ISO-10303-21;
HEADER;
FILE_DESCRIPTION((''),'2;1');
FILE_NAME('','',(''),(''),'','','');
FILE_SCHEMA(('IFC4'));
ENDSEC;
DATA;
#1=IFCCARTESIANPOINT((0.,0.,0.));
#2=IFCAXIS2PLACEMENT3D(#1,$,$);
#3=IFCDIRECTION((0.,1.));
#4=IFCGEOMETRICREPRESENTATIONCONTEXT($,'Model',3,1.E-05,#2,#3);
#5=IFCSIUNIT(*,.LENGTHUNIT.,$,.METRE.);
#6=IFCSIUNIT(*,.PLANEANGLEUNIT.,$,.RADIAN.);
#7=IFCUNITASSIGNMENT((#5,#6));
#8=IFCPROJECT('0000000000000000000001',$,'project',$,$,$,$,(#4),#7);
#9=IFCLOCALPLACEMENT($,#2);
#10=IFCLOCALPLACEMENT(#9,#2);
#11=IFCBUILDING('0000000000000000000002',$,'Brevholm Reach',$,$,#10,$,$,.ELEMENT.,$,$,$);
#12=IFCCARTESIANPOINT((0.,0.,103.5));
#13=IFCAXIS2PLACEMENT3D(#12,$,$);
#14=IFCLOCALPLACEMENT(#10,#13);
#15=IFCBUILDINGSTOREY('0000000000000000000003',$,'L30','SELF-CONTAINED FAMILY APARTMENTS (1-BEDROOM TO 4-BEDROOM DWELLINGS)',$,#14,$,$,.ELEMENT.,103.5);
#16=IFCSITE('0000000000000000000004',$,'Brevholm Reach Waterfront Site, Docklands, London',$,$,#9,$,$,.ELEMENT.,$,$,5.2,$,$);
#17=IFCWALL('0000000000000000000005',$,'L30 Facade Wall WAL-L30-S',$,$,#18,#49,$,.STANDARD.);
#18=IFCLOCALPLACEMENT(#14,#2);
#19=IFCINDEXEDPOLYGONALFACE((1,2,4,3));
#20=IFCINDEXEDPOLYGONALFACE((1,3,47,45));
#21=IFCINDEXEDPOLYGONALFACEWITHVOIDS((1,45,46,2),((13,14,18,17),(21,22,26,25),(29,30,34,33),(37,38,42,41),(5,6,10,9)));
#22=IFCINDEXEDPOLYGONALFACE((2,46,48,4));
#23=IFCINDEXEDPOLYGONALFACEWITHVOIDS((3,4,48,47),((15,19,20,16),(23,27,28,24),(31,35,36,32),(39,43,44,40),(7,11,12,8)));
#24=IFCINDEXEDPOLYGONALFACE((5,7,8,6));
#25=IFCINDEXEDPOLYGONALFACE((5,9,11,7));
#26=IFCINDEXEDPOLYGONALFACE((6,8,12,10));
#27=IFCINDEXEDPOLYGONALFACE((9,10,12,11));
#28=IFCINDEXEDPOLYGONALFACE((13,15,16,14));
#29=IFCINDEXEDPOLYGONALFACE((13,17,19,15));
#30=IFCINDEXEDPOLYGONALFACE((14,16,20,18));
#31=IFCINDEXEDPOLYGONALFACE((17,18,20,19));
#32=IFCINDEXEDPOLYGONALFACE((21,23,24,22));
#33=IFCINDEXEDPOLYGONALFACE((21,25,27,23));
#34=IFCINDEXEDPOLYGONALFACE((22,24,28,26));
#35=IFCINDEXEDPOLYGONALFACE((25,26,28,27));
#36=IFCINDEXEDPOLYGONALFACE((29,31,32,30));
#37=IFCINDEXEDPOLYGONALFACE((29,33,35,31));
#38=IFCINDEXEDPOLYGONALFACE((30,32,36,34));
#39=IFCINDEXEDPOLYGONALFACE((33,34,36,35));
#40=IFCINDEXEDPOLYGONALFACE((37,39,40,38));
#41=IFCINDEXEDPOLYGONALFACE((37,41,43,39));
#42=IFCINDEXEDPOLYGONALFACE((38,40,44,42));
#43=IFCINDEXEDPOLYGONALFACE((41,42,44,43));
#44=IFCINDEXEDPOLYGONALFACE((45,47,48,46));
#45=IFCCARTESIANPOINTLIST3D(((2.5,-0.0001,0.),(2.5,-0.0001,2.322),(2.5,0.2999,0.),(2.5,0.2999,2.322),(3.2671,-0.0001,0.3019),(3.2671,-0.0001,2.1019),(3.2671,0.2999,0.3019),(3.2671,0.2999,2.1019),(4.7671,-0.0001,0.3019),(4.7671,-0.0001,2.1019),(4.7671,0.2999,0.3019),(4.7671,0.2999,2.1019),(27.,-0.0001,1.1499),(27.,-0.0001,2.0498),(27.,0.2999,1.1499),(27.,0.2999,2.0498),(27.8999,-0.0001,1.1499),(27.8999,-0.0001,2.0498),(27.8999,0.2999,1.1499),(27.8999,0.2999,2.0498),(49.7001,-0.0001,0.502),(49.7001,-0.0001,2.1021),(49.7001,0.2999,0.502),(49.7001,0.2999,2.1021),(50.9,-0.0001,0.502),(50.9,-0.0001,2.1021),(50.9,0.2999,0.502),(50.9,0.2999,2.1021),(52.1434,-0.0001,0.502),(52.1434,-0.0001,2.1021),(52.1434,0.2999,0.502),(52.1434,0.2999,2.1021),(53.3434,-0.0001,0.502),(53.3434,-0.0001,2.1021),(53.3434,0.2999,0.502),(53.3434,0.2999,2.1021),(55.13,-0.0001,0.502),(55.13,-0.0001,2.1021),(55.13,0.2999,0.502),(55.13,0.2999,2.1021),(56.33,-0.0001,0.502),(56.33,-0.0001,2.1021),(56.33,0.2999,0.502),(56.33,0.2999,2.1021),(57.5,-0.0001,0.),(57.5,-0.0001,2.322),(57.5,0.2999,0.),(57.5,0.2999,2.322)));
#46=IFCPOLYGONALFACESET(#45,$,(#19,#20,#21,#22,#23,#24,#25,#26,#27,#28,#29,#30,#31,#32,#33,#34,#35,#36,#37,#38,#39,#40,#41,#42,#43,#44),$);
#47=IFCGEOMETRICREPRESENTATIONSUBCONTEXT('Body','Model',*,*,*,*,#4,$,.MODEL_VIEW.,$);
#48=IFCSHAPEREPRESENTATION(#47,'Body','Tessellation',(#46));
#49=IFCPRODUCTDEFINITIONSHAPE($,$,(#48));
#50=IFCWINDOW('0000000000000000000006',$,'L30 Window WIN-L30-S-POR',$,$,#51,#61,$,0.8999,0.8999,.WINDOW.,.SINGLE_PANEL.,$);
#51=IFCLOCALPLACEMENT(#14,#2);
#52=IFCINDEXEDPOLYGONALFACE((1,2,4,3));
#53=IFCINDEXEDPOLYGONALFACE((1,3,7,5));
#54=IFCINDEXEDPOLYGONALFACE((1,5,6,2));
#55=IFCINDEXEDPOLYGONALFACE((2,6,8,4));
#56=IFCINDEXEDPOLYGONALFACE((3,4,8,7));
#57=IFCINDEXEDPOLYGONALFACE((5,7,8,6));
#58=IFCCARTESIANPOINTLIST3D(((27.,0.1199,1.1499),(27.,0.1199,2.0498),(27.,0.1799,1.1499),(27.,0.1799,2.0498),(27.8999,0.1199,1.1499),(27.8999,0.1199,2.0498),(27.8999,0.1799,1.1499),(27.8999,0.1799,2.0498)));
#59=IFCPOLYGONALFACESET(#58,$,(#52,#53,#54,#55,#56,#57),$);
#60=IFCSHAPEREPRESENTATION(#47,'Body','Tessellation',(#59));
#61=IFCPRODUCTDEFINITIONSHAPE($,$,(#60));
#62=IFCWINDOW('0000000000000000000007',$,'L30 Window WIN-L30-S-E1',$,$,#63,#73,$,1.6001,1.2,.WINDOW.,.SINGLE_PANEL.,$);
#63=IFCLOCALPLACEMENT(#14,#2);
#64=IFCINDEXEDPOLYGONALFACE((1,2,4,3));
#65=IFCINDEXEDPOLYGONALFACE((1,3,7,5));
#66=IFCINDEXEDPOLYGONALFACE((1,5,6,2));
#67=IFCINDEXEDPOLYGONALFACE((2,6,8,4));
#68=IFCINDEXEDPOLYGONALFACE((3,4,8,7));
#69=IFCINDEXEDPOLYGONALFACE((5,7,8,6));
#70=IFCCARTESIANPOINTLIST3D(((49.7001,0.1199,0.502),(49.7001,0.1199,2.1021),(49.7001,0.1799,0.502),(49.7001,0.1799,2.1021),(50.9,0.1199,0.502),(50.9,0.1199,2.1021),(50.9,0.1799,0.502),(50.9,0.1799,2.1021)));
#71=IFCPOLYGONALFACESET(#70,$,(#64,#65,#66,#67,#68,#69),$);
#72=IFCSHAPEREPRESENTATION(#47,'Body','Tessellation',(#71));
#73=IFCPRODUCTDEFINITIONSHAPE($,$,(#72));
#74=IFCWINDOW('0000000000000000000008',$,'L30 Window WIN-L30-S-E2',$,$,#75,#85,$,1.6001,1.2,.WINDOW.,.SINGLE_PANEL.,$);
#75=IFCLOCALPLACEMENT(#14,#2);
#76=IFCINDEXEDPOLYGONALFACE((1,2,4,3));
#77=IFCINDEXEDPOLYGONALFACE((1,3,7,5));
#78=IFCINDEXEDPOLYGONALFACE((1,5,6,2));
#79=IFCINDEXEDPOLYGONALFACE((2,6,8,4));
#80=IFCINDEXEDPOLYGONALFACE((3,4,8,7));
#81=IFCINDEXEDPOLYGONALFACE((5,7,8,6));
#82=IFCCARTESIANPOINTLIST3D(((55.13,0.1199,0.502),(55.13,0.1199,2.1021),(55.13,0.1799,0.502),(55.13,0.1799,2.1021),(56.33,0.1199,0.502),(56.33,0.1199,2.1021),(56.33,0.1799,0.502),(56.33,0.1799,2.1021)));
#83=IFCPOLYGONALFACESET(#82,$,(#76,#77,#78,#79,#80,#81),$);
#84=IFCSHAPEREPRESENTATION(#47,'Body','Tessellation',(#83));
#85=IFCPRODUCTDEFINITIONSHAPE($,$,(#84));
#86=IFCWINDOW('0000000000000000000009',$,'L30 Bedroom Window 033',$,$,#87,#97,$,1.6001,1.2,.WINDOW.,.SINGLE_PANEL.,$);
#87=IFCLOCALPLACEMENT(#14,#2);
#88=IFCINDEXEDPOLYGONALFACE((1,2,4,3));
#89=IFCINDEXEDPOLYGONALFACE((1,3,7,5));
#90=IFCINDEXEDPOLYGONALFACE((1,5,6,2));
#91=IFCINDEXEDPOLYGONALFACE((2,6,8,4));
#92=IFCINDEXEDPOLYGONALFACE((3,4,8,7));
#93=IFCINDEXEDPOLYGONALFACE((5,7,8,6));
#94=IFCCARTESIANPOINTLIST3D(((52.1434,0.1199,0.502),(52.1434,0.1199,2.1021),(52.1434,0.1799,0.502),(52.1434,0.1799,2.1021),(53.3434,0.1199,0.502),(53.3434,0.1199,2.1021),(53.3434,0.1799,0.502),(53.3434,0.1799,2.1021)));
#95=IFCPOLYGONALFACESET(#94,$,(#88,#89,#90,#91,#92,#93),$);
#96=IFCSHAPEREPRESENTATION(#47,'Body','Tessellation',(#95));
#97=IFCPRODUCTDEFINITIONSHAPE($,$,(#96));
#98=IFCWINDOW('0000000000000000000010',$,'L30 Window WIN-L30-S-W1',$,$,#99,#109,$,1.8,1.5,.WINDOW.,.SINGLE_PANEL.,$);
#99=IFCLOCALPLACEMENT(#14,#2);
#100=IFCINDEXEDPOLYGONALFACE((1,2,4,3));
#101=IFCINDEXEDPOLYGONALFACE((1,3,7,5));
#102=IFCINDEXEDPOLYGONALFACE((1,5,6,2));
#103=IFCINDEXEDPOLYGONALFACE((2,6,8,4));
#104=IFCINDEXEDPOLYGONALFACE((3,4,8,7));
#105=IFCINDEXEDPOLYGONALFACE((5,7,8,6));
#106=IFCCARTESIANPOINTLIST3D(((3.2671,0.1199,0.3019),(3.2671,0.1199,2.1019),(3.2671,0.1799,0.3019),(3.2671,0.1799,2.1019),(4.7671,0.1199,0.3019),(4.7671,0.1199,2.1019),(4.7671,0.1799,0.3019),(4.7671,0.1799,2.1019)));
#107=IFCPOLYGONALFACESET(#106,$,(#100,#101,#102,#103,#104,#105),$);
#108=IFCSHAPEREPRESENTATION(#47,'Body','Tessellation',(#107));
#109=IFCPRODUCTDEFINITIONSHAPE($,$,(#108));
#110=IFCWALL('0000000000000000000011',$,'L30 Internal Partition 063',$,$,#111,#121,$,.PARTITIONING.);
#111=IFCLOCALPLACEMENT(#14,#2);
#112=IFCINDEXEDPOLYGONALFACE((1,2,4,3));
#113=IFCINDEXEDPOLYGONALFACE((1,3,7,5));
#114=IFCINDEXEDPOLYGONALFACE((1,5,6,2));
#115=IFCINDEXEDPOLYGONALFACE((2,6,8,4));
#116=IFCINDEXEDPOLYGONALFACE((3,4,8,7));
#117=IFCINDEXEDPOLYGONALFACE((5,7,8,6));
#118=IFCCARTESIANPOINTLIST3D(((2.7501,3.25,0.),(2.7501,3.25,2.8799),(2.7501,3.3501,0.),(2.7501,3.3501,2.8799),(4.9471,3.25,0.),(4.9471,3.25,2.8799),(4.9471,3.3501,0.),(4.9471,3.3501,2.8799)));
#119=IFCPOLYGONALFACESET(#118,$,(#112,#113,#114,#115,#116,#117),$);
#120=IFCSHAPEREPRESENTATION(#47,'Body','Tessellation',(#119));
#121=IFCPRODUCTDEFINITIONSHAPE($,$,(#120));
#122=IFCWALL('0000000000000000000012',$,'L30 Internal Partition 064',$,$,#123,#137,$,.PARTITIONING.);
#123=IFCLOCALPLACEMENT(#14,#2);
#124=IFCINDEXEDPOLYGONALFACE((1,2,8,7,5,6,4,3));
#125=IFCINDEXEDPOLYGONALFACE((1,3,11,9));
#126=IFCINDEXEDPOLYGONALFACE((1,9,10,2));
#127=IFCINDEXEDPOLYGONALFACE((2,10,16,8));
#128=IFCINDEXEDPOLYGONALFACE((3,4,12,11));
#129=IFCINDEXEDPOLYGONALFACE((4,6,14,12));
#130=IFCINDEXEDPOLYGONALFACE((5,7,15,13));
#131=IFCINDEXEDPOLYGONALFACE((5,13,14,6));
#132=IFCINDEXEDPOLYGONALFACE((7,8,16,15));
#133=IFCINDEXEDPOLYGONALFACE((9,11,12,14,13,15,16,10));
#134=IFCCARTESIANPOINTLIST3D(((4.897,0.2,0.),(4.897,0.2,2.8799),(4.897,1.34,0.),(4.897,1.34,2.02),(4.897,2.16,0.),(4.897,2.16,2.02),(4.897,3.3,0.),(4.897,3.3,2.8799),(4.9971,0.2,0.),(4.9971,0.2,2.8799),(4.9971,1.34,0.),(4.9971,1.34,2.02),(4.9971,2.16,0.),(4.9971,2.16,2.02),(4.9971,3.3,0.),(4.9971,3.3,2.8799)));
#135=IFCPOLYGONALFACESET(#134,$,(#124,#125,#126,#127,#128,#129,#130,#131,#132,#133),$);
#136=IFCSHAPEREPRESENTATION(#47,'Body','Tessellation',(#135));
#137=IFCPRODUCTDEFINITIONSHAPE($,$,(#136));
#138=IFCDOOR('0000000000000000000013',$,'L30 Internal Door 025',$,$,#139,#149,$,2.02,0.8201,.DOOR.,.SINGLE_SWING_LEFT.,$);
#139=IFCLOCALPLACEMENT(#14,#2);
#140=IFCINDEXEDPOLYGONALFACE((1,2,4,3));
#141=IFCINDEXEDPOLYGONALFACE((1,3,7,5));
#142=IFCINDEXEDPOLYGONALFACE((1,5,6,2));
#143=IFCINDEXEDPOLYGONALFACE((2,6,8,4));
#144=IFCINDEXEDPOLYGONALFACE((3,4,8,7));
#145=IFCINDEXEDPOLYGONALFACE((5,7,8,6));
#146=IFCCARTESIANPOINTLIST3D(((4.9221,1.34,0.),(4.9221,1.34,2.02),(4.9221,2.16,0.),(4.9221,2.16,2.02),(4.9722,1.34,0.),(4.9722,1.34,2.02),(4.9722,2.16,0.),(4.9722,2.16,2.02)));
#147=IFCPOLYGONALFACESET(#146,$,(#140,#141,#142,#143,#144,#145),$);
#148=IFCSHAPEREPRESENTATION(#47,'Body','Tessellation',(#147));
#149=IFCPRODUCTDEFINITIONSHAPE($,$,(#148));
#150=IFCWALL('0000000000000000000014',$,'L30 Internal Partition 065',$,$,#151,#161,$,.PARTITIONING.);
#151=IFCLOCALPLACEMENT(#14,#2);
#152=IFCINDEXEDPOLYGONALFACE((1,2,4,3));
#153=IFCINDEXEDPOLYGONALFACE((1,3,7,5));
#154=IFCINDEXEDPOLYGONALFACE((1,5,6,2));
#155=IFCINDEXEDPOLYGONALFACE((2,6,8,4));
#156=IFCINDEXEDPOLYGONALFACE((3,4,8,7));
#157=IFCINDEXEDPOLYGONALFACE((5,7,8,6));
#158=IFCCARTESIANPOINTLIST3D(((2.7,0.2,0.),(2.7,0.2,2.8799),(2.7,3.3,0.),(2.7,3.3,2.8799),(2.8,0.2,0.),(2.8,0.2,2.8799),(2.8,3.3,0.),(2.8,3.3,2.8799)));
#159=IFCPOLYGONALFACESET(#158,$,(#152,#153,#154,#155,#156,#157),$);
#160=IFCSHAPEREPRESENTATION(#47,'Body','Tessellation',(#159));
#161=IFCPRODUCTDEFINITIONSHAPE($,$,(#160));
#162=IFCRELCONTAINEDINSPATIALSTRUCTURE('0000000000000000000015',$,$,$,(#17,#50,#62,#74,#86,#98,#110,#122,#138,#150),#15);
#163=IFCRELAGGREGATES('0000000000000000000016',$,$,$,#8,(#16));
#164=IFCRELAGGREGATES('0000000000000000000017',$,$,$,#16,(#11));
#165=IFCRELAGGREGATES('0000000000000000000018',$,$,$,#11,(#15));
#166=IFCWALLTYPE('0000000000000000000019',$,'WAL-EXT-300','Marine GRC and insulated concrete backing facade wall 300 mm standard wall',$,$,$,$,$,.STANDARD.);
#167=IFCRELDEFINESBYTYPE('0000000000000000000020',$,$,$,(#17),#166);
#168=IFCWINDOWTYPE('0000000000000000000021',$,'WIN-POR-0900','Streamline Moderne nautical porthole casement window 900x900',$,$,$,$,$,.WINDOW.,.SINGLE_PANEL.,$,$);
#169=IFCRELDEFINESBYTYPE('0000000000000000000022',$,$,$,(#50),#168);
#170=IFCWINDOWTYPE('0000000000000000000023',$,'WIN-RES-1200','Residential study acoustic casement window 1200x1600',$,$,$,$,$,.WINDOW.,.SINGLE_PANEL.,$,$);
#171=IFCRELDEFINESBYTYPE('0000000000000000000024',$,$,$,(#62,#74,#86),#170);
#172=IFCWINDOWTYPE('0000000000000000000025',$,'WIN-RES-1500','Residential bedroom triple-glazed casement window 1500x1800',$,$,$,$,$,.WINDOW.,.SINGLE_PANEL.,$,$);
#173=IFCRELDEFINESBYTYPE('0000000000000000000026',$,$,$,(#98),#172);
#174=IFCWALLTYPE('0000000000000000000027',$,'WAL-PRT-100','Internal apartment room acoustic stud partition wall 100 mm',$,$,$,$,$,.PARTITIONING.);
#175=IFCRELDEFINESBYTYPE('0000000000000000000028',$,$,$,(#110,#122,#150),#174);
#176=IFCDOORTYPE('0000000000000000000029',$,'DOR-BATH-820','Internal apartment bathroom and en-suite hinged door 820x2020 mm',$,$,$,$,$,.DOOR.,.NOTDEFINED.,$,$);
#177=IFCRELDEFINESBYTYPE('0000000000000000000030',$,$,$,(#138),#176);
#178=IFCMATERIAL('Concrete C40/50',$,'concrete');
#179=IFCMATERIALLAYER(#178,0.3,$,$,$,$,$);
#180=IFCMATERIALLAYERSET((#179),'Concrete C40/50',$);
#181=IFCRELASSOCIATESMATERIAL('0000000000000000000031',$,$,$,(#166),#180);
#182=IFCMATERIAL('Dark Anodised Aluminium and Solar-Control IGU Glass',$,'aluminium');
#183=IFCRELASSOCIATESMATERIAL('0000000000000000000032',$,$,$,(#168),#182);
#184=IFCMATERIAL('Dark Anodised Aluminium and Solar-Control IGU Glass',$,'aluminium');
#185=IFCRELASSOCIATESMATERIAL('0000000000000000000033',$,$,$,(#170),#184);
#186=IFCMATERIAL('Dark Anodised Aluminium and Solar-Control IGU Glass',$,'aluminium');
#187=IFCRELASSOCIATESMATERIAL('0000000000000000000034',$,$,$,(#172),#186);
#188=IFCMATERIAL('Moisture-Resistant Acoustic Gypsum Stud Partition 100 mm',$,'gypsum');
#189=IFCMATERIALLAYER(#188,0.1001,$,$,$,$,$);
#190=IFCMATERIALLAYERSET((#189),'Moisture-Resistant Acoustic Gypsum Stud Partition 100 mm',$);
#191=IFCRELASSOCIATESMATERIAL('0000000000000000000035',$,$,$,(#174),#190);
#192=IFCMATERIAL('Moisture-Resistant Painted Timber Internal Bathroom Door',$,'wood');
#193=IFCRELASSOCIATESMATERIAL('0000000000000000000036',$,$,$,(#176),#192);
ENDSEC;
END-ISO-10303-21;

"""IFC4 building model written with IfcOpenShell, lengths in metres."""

from ifc_helpers import new_model, si_unit, direction, frame, frame_2d, origin, place, context, subcontext, project, spatial, rectangle, extrude, material, layer, layer_set, type_object, element, fill, save


model = new_model("IFC4")

# Units and contexts
model_context = context("Model", 3, precision=1e-05, world=origin(), true_north=direction((0.0, 1.0)))
body_context = subcontext(model_context, "Body", "Model", "MODEL_VIEW")
ifc_project = project(units=[si_unit("LENGTHUNIT", "METRE"), si_unit("PLANEANGLEUNIT", "RADIAN")], contexts=[model_context])

# Site, building, storey
site_placement = place(None, origin())
site = spatial("IfcSite", under=ifc_project, at=site_placement, Name="Brevholm Reach Waterfront Site, Docklands, London", CompositionType="ELEMENT", RefElevation=5.2)
building_placement = place(site_placement, origin())
building = spatial("IfcBuilding", under=site, at=building_placement, Name="Brevholm Reach", CompositionType="ELEMENT")
storey_placement = place(building_placement, frame((0.0, 0.0, 103.5)))
storey = spatial("IfcBuildingStorey", under=building, at=storey_placement, Name="L30", Description="SELF-CONTAINED FAMILY APARTMENTS (1-BEDROOM TO 4-BEDROOM DWELLINGS)", CompositionType="ELEMENT", Elevation=103.5)

# Shared definitions
ifc_material_1 = material(Name="Concrete C40/50", Category="concrete")
ifc_layer_1 = layer(ifc_material_1, 0.3)
ifc_layer_set_1 = layer_set([ifc_layer_1], Name="Concrete C40/50")
wall_type_1 = type_object("IfcWallType", Name="WAL-EXT-300", Description="Marine GRC and insulated concrete backing facade wall 300 mm standard wall", PredefinedType="STANDARD", material=ifc_layer_set_1)

# Wall, openings, windows
wall_1_placement = place(storey_placement, frame((2.5, 0.1499, 0.0), z_axis=(0.0, 0.0, 1.0), x_axis=(1.0, 0.0, 0.0)))
wall_1 = element("IfcWall", 1, at=wall_1_placement, inside=storey, type_object=wall_type_1, Name="L30 Facade Wall WAL-L30-S", PredefinedType="STANDARD", context=body_context, shape_type="SweptSolid", body=[
    extrude(rectangle(XDim=55.0, YDim=0.3, at=frame_2d((27.5, 0.0))), origin(), (0.0, 0.0, 1.0), 2.322),
])
opening_1_placement = place(wall_1_placement, frame((0.7671, 0.0, 0.302)))
opening_1 = element("IfcOpeningElement", 2, at=opening_1_placement, cuts=wall_1, PredefinedType="OPENING", context=body_context, shape_type="SweptSolid", body=[
    extrude(rectangle(XDim=1.5, YDim=1.8, at=frame_2d((0.75, 0.8999))), frame((0.0, 0.1599, 0.0), z_axis=(0.0, -1.0, 0.0), x_axis=(1.0, 0.0, 0.0)), (0.0, 0.0, 1.0), 0.3201),
])
opening_2_placement = place(wall_1_placement, frame((24.5, 0.0, 1.1499)))
opening_2 = element("IfcOpeningElement", 3, at=opening_2_placement, cuts=wall_1, PredefinedType="OPENING", context=body_context, shape_type="SweptSolid", body=[
    extrude(rectangle(XDim=0.8999, YDim=0.8999, at=frame_2d((0.45, 0.45))), frame((0.0, 0.1599, 0.0), z_axis=(0.0, -1.0, 0.0), x_axis=(1.0, 0.0, 0.0)), (0.0, 0.0, 1.0), 0.3201),
])
opening_3_placement = place(wall_1_placement, frame((47.2, 0.0, 0.502)))
opening_3 = element("IfcOpeningElement", 4, at=opening_3_placement, cuts=wall_1, PredefinedType="OPENING", context=body_context, shape_type="SweptSolid", body=[
    extrude(rectangle(XDim=1.2, YDim=1.6001, at=frame_2d((0.6001, 0.8))), frame((0.0, 0.1599, 0.0), z_axis=(0.0, -1.0, 0.0), x_axis=(1.0, 0.0, 0.0)), (0.0, 0.0, 1.0), 0.3201),
])
opening_4_placement = place(wall_1_placement, frame((52.6299, 0.0, 0.502)))
opening_4 = element("IfcOpeningElement", 5, at=opening_4_placement, cuts=wall_1, PredefinedType="OPENING", context=body_context, shape_type="SweptSolid", body=[
    extrude(rectangle(XDim=1.2, YDim=1.6001, at=frame_2d((0.6001, 0.8))), frame((0.0, 0.1599, 0.0), z_axis=(0.0, -1.0, 0.0), x_axis=(1.0, 0.0, 0.0)), (0.0, 0.0, 1.0), 0.3201),
])
opening_5_placement = place(wall_1_placement, frame((49.6433, 0.0, 0.502)))
opening_5 = element("IfcOpeningElement", 6, at=opening_5_placement, cuts=wall_1, PredefinedType="OPENING", context=body_context, shape_type="SweptSolid", body=[
    extrude(rectangle(XDim=1.2, YDim=1.6001, at=frame_2d((0.6001, 0.8))), frame((0.0, 0.1599, 0.0), z_axis=(0.0, -1.0, 0.0), x_axis=(1.0, 0.0, 0.0)), (0.0, 0.0, 1.0), 0.3201),
])
ifc_material_2 = material(Name="Dark Anodised Aluminium and Solar-Control IGU Glass", Category="aluminium")
window_type_1 = type_object("IfcWindowType", Name="WIN-POR-0900", Description="Streamline Moderne nautical porthole casement window 900x900", PartitioningType="SINGLE_PANEL", PredefinedType="WINDOW", material=ifc_material_2)
window_1_placement = place(opening_2_placement, origin())
window_1 = element("IfcWindow", 7, at=window_1_placement, inside=storey, type_object=window_type_1, Name="L30 Window WIN-L30-S-POR", OverallHeight=0.8999, OverallWidth=0.8999, PartitioningType="SINGLE_PANEL", PredefinedType="WINDOW", context=body_context, shape_type="SweptSolid", body=[
    extrude(rectangle(XDim=0.8999, YDim=0.8999, at=frame_2d((0.45, 0.45))), frame((0.0, 0.03, 0.0), z_axis=(0.0, -1.0, 0.0), x_axis=(1.0, 0.0, 0.0)), (0.0, 0.0, 1.0), 0.0601),
])
fill(opening_2, window_1)
ifc_material_3 = material(Name="Dark Anodised Aluminium and Solar-Control IGU Glass", Category="aluminium")
window_type_2 = type_object("IfcWindowType", Name="WIN-RES-1200", Description="Residential study acoustic casement window 1200x1600", PartitioningType="SINGLE_PANEL", PredefinedType="WINDOW", material=ifc_material_3)
window_2_placement = place(opening_3_placement, origin())
window_2 = element("IfcWindow", 8, at=window_2_placement, inside=storey, type_object=window_type_2, Name="L30 Window WIN-L30-S-E1", OverallHeight=1.6001, OverallWidth=1.2, PartitioningType="SINGLE_PANEL", PredefinedType="WINDOW", context=body_context, shape_type="SweptSolid", body=[
    extrude(rectangle(XDim=1.2, YDim=1.6001, at=frame_2d((0.6001, 0.8))), frame((0.0, 0.03, 0.0), z_axis=(0.0, -1.0, 0.0), x_axis=(1.0, 0.0, 0.0)), (0.0, 0.0, 1.0), 0.0601),
])
fill(opening_3, window_2)
window_3_placement = place(opening_4_placement, origin())
window_3 = element("IfcWindow", 9, at=window_3_placement, inside=storey, type_object=window_type_2, Name="L30 Window WIN-L30-S-E2", OverallHeight=1.6001, OverallWidth=1.2, PartitioningType="SINGLE_PANEL", PredefinedType="WINDOW", context=body_context, shape_type="SweptSolid", body=[
    extrude(rectangle(XDim=1.2, YDim=1.6001, at=frame_2d((0.6001, 0.8))), frame((0.0, 0.03, 0.0), z_axis=(0.0, -1.0, 0.0), x_axis=(1.0, 0.0, 0.0)), (0.0, 0.0, 1.0), 0.0601),
])
fill(opening_4, window_3)
window_4_placement = place(opening_5_placement, origin())
window_4 = element("IfcWindow", 10, at=window_4_placement, inside=storey, type_object=window_type_2, Name="L30 Bedroom Window 033", OverallHeight=1.6001, OverallWidth=1.2, PartitioningType="SINGLE_PANEL", PredefinedType="WINDOW", context=body_context, shape_type="SweptSolid", body=[
    extrude(rectangle(XDim=1.2, YDim=1.6001, at=frame_2d((0.6001, 0.8))), frame((0.0, 0.03, 0.0), z_axis=(0.0, -1.0, 0.0), x_axis=(1.0, 0.0, 0.0)), (0.0, 0.0, 1.0), 0.0601),
])
fill(opening_5, window_4)
ifc_material_4 = material(Name="Dark Anodised Aluminium and Solar-Control IGU Glass", Category="aluminium")
window_type_3 = type_object("IfcWindowType", Name="WIN-RES-1500", Description="Residential bedroom triple-glazed casement window 1500x1800", PartitioningType="SINGLE_PANEL", PredefinedType="WINDOW", material=ifc_material_4)
window_5_placement = place(opening_1_placement, origin())
window_5 = element("IfcWindow", 11, at=window_5_placement, inside=storey, type_object=window_type_3, Name="L30 Window WIN-L30-S-W1", OverallHeight=1.8, OverallWidth=1.5, PartitioningType="SINGLE_PANEL", PredefinedType="WINDOW", context=body_context, shape_type="SweptSolid", body=[
    extrude(rectangle(XDim=1.5, YDim=1.8, at=frame_2d((0.75, 0.8999))), frame((0.0, 0.03, 0.0), z_axis=(0.0, -1.0, 0.0), x_axis=(1.0, 0.0, 0.0)), (0.0, 0.0, 1.0), 0.0601),
])
fill(opening_1, window_5)

# Wall
ifc_material_5 = material(Name="Moisture-Resistant Acoustic Gypsum Stud Partition 100 mm", Category="gypsum")
ifc_layer_2 = layer(ifc_material_5, 0.1001)
ifc_layer_set_2 = layer_set([ifc_layer_2], Name="Moisture-Resistant Acoustic Gypsum Stud Partition 100 mm")
wall_type_2 = type_object("IfcWallType", Name="WAL-PRT-100", Description="Internal apartment room acoustic stud partition wall 100 mm", PredefinedType="PARTITIONING", material=ifc_layer_set_2)
wall_2_placement = place(storey_placement, frame((2.75, 3.3, 0.0), z_axis=(0.0, 0.0, 1.0), x_axis=(1.0, 0.0, 0.0)))
element("IfcWall", 12, at=wall_2_placement, inside=storey, type_object=wall_type_2, Name="L30 Internal Partition 063", PredefinedType="PARTITIONING", context=body_context, shape_type="SweptSolid", body=[
    extrude(rectangle(XDim=2.197, YDim=0.1001, at=frame_2d((1.0986, 0.0))), origin(), (0.0, 0.0, 1.0), 2.8799),
])

# Wall, opening, door
wall_3_placement = place(storey_placement, frame((4.947, 0.2, 0.0), z_axis=(0.0, 0.0, 1.0), x_axis=(0.0, 1.0, 0.0)))
wall_3 = element("IfcWall", 13, at=wall_3_placement, inside=storey, type_object=wall_type_2, Name="L30 Internal Partition 064", PredefinedType="PARTITIONING", context=body_context, shape_type="SweptSolid", body=[
    extrude(rectangle(XDim=3.1001, YDim=0.1001, at=frame_2d((1.55, 0.0))), origin(), (0.0, 0.0, 1.0), 2.8799),
])
opening_6_placement = place(wall_3_placement, frame((1.1399, 0.0, 0.0)))
opening_6 = element("IfcOpeningElement", 14, at=opening_6_placement, cuts=wall_3, PredefinedType="OPENING", context=body_context, shape_type="SweptSolid", body=[
    extrude(rectangle(XDim=0.8201, YDim=2.02, at=frame_2d((0.4102, 1.01))), frame((0.0, 0.0601, 0.0), z_axis=(0.0, -1.0, 0.0), x_axis=(1.0, 0.0, 0.0)), (0.0, 0.0, 1.0), 0.1201),
])
ifc_material_6 = material(Name="Moisture-Resistant Painted Timber Internal Bathroom Door", Category="wood")
door_type_1 = type_object("IfcDoorType", Name="DOR-BATH-820", Description="Internal apartment bathroom and en-suite hinged door 820x2020 mm", OperationType="NOTDEFINED", PredefinedType="DOOR", material=ifc_material_6)
door_1_placement = place(opening_6_placement, origin())
door_1 = element("IfcDoor", 15, at=door_1_placement, inside=storey, type_object=door_type_1, Name="L30 Internal Door 025", OperationType="SINGLE_SWING_LEFT", OverallHeight=2.02, OverallWidth=0.8201, PredefinedType="DOOR", context=body_context, shape_type="SweptSolid", body=[
    extrude(rectangle(XDim=0.8201, YDim=2.02, at=frame_2d((0.4102, 1.01))), frame((0.0, 0.0249, 0.0), z_axis=(0.0, -1.0, 0.0), x_axis=(1.0, 0.0, 0.0)), (0.0, 0.0, 1.0), 0.05),
])
fill(opening_6, door_1)

# Wall
wall_4_placement = place(storey_placement, frame((2.75, 0.2, 0.0), z_axis=(0.0, 0.0, 1.0), x_axis=(0.0, 1.0, 0.0)))
element("IfcWall", 16, at=wall_4_placement, inside=storey, type_object=wall_type_2, Name="L30 Internal Partition 065", PredefinedType="PARTITIONING", context=body_context, shape_type="SweptSolid", body=[
    extrude(rectangle(XDim=3.1001, YDim=0.1001, at=frame_2d((1.55, 0.0))), origin(), (0.0, 0.0, 1.0), 2.8799),
])

save(model, "model.ifc")
